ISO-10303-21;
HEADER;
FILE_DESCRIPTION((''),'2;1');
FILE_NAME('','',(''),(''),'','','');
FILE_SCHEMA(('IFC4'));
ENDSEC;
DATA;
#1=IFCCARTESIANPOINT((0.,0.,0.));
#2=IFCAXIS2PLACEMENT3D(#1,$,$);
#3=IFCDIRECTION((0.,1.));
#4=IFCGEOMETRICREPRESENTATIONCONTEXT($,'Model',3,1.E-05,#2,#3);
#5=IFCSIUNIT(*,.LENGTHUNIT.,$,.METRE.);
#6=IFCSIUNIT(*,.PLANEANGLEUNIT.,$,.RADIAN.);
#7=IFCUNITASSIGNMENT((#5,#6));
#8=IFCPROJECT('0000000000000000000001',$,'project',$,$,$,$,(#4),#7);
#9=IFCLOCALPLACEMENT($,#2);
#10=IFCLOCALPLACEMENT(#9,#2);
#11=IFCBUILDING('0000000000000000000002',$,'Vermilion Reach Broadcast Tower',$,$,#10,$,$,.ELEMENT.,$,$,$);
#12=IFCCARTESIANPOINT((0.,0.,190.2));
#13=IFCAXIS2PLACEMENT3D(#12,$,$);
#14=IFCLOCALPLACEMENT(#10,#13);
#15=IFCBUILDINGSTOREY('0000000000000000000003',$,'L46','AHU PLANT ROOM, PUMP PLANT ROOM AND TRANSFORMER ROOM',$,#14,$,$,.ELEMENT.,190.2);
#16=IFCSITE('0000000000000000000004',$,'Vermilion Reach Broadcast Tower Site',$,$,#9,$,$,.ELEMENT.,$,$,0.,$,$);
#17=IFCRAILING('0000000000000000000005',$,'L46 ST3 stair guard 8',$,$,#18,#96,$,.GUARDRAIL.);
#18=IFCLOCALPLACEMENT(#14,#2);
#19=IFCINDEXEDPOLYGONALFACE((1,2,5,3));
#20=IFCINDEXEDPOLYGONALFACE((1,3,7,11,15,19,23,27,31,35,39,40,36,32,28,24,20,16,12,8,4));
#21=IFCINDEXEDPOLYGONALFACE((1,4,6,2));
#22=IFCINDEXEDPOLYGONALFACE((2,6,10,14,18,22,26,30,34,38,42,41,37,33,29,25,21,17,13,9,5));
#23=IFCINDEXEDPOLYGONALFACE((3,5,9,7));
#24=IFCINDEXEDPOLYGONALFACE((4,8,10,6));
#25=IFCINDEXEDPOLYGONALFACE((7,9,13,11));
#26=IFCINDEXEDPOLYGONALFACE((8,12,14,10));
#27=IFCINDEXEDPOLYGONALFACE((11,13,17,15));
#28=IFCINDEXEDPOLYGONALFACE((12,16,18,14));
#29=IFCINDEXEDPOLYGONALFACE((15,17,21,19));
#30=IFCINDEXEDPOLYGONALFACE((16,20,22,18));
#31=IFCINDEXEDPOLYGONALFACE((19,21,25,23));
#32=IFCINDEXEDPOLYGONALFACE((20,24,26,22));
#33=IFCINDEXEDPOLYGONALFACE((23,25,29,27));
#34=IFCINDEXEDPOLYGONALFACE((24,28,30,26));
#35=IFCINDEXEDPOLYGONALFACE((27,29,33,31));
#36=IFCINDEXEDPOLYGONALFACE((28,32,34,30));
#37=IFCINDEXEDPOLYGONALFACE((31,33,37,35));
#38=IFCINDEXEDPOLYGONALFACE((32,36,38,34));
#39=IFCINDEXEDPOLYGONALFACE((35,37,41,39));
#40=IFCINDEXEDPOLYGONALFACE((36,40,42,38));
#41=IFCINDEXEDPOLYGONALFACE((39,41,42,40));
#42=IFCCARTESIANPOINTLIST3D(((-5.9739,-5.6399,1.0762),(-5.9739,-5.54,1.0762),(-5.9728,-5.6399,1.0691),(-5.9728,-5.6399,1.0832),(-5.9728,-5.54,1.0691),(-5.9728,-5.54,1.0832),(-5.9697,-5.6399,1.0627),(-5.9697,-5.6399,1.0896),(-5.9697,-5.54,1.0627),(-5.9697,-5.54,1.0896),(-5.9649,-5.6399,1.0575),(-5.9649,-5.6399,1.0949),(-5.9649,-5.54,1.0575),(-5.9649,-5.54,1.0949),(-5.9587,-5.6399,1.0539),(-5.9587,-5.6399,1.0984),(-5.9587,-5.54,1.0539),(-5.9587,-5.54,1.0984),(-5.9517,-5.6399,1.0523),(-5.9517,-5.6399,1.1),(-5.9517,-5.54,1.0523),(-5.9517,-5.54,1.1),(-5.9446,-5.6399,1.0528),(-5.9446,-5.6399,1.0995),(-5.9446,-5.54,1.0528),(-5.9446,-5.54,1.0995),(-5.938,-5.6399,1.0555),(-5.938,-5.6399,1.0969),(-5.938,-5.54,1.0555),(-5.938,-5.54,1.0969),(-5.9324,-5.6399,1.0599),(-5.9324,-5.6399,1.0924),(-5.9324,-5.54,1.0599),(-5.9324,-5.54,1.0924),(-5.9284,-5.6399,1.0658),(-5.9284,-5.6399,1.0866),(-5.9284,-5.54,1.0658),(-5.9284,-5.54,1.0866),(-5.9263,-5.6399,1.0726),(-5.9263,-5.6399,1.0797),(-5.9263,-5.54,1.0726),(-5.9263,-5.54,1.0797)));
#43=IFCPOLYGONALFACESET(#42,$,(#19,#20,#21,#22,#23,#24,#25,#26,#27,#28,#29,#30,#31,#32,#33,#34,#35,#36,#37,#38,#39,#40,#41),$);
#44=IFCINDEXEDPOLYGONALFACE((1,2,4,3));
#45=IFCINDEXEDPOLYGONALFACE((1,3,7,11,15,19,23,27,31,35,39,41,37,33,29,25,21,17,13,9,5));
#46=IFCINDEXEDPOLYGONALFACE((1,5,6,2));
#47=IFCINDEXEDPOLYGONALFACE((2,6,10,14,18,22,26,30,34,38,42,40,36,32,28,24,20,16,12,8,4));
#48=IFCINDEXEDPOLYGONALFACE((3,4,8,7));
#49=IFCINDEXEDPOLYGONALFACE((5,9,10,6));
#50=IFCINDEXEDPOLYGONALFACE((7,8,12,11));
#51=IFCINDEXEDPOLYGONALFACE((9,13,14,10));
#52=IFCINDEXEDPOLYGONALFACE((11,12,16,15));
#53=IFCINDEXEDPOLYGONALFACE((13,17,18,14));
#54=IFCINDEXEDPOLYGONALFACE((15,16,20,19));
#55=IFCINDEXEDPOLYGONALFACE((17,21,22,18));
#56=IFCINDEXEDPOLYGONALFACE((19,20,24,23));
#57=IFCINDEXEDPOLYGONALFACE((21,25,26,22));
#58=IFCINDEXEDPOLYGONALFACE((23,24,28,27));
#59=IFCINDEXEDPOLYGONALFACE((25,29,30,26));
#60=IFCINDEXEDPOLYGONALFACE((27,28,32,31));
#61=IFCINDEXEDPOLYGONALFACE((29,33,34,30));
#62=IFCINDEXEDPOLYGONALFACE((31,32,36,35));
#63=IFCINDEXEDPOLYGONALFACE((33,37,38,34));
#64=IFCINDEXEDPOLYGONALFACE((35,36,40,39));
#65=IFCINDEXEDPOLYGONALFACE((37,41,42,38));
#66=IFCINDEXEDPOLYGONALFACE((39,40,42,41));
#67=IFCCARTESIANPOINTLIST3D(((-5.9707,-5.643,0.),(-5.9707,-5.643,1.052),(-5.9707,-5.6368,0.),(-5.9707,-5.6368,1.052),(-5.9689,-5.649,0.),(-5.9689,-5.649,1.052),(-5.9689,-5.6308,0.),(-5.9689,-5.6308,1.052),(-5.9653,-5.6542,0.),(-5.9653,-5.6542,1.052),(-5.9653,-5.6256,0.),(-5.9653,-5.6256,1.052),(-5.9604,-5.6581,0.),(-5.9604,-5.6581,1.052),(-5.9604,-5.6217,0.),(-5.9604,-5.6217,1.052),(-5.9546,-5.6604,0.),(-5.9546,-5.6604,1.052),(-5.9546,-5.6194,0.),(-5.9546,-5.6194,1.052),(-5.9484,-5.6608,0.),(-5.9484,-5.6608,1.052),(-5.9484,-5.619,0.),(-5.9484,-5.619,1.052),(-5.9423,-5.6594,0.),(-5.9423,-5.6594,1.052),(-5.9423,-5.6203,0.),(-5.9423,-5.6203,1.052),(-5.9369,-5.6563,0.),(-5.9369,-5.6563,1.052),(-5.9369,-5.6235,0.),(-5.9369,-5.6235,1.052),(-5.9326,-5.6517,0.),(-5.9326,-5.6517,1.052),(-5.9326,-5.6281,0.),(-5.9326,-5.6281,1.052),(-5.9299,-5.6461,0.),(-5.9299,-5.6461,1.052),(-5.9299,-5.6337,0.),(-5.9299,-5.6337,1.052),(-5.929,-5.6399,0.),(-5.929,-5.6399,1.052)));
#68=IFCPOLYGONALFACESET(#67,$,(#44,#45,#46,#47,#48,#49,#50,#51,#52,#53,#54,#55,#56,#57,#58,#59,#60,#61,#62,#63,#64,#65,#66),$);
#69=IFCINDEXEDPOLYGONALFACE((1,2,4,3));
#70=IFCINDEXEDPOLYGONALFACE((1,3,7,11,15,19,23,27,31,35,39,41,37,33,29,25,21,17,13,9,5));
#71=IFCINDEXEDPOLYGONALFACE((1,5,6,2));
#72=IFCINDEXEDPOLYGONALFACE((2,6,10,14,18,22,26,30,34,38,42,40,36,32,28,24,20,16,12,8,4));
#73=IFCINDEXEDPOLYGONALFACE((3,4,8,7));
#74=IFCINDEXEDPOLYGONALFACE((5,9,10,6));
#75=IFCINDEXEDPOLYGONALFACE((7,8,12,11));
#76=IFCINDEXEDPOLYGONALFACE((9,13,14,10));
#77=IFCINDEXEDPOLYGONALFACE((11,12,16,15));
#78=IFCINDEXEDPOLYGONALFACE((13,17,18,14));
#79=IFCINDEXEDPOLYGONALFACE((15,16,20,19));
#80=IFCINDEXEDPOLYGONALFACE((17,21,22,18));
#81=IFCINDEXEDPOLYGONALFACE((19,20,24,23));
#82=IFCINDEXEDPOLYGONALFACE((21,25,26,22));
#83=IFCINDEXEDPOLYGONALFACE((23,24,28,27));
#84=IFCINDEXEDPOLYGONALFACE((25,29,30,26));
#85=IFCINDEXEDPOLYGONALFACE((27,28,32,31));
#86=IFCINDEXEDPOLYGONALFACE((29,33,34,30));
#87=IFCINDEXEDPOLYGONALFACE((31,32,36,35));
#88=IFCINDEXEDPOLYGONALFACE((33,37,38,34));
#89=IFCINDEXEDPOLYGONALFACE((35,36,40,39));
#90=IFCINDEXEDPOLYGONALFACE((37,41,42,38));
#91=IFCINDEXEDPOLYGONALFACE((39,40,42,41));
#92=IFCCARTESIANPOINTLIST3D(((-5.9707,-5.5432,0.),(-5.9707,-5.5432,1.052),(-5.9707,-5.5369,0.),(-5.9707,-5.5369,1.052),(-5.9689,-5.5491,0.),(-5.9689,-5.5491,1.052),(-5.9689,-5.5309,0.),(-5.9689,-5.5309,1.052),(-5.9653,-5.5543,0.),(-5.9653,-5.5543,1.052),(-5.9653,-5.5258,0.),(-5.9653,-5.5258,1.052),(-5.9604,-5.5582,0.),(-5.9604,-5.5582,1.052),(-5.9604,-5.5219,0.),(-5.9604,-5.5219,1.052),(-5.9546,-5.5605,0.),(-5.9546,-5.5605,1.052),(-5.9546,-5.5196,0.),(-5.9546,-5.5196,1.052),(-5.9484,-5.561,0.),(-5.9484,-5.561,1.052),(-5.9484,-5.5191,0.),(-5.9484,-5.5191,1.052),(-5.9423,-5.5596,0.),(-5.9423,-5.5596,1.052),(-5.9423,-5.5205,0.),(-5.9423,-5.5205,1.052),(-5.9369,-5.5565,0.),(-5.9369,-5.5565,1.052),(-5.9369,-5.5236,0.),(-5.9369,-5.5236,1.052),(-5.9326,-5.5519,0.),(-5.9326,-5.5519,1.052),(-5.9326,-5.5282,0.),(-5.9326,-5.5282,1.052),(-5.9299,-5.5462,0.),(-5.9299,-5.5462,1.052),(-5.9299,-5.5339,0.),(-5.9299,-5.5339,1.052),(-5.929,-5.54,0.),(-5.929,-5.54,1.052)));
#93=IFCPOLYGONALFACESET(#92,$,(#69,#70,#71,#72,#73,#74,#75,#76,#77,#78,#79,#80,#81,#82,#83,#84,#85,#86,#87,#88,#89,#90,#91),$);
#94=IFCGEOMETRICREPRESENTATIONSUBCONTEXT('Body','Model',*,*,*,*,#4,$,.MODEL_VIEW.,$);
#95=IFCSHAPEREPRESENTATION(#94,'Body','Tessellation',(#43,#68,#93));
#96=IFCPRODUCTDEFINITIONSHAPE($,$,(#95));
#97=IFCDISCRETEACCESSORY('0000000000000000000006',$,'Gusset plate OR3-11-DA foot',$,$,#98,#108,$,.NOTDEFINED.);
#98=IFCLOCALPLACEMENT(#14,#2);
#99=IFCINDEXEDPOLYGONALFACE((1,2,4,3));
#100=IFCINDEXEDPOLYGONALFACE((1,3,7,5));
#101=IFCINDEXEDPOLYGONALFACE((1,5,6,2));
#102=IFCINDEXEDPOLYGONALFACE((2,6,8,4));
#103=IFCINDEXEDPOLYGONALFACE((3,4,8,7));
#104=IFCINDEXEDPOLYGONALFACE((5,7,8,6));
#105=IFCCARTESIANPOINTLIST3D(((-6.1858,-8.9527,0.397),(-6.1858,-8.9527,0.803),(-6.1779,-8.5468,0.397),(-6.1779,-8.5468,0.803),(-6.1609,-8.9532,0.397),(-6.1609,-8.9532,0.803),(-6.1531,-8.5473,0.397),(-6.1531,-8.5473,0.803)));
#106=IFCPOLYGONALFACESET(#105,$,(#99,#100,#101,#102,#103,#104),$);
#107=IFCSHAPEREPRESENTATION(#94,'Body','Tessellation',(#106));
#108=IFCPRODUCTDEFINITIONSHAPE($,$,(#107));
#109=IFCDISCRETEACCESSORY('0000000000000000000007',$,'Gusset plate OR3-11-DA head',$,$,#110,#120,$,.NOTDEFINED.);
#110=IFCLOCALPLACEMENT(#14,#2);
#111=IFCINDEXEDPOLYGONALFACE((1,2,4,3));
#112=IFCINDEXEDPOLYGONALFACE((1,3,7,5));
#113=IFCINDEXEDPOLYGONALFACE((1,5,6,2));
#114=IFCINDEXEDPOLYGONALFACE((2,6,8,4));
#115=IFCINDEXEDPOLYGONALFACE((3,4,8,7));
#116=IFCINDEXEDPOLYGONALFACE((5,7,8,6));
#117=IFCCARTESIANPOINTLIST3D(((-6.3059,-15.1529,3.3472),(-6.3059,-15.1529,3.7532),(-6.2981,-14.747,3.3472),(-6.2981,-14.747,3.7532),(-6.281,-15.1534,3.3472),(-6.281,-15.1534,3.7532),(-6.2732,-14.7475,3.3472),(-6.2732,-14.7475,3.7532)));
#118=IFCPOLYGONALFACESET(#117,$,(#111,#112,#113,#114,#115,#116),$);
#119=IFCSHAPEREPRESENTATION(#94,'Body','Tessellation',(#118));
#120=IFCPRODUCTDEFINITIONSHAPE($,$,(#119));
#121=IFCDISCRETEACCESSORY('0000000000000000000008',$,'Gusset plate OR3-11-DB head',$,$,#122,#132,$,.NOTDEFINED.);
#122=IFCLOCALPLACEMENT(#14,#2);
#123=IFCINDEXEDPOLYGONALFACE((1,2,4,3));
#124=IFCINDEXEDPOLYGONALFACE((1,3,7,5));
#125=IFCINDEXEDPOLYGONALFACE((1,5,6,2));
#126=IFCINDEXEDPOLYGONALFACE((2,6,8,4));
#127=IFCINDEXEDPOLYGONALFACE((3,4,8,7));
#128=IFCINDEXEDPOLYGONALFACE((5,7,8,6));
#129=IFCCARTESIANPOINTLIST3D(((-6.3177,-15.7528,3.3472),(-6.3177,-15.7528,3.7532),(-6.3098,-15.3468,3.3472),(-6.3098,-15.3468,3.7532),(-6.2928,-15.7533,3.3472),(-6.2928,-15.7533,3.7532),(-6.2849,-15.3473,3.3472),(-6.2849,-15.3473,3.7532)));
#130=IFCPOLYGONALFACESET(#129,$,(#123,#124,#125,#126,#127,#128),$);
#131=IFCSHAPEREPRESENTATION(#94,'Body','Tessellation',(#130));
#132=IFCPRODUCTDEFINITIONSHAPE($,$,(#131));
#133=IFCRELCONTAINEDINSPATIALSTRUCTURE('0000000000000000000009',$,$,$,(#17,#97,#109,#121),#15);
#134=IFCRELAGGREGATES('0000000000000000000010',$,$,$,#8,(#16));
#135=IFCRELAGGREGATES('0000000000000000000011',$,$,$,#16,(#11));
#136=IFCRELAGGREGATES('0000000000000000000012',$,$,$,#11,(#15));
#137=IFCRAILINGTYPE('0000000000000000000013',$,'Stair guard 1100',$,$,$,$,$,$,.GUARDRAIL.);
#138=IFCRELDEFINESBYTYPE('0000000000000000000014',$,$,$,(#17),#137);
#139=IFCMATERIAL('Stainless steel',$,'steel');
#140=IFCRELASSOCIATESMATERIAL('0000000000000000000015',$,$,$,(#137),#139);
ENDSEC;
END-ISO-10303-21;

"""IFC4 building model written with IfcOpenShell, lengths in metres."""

from ifc_helpers import new_model, si_unit, direction, frame, origin, origin_2d, place, context, subcontext, project, spatial, rectangle, circle, extrude, material, type_object, element, save


model = new_model("IFC4")

# Units and contexts
model_context = context("Model", 3, precision=1e-05, world=origin(), true_north=direction((0.0, 1.0)))
body_context = subcontext(model_context, "Body", "Model", "MODEL_VIEW")
ifc_project = project(units=[si_unit("LENGTHUNIT", "METRE"), si_unit("PLANEANGLEUNIT", "RADIAN")], contexts=[model_context])

# Site, building, storey
site_placement = place(None, origin())
site = spatial("IfcSite", under=ifc_project, at=site_placement, Name="Vermilion Reach Broadcast Tower Site", CompositionType="ELEMENT", RefElevation=0.0)
building_placement = place(site_placement, origin())
building = spatial("IfcBuilding", under=site, at=building_placement, Name="Vermilion Reach Broadcast Tower", CompositionType="ELEMENT")
storey_placement = place(building_placement, frame((0.0, 0.0, 190.2)))
storey = spatial("IfcBuildingStorey", under=building, at=storey_placement, Name="L46", Description="AHU PLANT ROOM, PUMP PLANT ROOM AND TRANSFORMER ROOM", CompositionType="ELEMENT", Elevation=190.2)

# Railing
ifc_material_1 = material(Name="Stainless steel", Category="steel")
railing_type = type_object("IfcRailingType", Name="Stair guard 1100", PredefinedType="GUARDRAIL", material=ifc_material_1)
railing_1_placement = place(storey_placement, frame((-5.95, -5.6399, 0.0)))
element("IfcRailing", 1, at=railing_1_placement, inside=storey, type_object=railing_type, Name="L46 ST3 stair guard 8", PredefinedType="GUARDRAIL", context=body_context, shape_type="SweptSolid", body=[
    extrude(circle(Radius=0.0239, at=origin_2d()), frame((0.0, 0.0, 1.0762), z_axis=(0.0, 1.0, 0.0), x_axis=(-1.0, 0.0, 0.0)), (0.0, 0.0, 1.0), 0.0999),
    extrude(circle(Radius=0.021, at=origin_2d()), origin(), (0.0, 0.0, 1.0), 1.052),
    extrude(circle(Radius=0.021, at=origin_2d()), frame((0.0, 0.0999, 0.0)), (0.0, 0.0, 1.0), 1.052),
])

# Discrete accessories
for number, where, z_axis, x_axis, name in (
    (2, (-6.1694, -8.75, 0.397), (0.0, 0.0, 1.0), (0.999812, -0.019372, 0.0), "Gusset plate OR3-11-DA foot"),
    (3, (-6.2896, -14.9502, 3.3472), (0.0, 0.0, 1.0), (0.999812, -0.019372, 0.0), "Gusset plate OR3-11-DA head"),
    (4, (-6.3013, -15.55, 3.3472), (0.0, 0.0, 1.0), (0.999812, -0.019372, 0.0), "Gusset plate OR3-11-DB head"),
):
    element("IfcDiscreteAccessory", number, at=place(storey_placement, frame(where, z_axis=z_axis, x_axis=x_axis)), inside=storey, Name=name, PredefinedType="NOTDEFINED", context=body_context, shape_type="SweptSolid", body=[
        extrude(rectangle(XDim=0.0249, YDim=0.406, at=origin_2d()), origin(), (0.0, 0.0, 1.0), 0.406),
    ])

save(model, "model.ifc")
